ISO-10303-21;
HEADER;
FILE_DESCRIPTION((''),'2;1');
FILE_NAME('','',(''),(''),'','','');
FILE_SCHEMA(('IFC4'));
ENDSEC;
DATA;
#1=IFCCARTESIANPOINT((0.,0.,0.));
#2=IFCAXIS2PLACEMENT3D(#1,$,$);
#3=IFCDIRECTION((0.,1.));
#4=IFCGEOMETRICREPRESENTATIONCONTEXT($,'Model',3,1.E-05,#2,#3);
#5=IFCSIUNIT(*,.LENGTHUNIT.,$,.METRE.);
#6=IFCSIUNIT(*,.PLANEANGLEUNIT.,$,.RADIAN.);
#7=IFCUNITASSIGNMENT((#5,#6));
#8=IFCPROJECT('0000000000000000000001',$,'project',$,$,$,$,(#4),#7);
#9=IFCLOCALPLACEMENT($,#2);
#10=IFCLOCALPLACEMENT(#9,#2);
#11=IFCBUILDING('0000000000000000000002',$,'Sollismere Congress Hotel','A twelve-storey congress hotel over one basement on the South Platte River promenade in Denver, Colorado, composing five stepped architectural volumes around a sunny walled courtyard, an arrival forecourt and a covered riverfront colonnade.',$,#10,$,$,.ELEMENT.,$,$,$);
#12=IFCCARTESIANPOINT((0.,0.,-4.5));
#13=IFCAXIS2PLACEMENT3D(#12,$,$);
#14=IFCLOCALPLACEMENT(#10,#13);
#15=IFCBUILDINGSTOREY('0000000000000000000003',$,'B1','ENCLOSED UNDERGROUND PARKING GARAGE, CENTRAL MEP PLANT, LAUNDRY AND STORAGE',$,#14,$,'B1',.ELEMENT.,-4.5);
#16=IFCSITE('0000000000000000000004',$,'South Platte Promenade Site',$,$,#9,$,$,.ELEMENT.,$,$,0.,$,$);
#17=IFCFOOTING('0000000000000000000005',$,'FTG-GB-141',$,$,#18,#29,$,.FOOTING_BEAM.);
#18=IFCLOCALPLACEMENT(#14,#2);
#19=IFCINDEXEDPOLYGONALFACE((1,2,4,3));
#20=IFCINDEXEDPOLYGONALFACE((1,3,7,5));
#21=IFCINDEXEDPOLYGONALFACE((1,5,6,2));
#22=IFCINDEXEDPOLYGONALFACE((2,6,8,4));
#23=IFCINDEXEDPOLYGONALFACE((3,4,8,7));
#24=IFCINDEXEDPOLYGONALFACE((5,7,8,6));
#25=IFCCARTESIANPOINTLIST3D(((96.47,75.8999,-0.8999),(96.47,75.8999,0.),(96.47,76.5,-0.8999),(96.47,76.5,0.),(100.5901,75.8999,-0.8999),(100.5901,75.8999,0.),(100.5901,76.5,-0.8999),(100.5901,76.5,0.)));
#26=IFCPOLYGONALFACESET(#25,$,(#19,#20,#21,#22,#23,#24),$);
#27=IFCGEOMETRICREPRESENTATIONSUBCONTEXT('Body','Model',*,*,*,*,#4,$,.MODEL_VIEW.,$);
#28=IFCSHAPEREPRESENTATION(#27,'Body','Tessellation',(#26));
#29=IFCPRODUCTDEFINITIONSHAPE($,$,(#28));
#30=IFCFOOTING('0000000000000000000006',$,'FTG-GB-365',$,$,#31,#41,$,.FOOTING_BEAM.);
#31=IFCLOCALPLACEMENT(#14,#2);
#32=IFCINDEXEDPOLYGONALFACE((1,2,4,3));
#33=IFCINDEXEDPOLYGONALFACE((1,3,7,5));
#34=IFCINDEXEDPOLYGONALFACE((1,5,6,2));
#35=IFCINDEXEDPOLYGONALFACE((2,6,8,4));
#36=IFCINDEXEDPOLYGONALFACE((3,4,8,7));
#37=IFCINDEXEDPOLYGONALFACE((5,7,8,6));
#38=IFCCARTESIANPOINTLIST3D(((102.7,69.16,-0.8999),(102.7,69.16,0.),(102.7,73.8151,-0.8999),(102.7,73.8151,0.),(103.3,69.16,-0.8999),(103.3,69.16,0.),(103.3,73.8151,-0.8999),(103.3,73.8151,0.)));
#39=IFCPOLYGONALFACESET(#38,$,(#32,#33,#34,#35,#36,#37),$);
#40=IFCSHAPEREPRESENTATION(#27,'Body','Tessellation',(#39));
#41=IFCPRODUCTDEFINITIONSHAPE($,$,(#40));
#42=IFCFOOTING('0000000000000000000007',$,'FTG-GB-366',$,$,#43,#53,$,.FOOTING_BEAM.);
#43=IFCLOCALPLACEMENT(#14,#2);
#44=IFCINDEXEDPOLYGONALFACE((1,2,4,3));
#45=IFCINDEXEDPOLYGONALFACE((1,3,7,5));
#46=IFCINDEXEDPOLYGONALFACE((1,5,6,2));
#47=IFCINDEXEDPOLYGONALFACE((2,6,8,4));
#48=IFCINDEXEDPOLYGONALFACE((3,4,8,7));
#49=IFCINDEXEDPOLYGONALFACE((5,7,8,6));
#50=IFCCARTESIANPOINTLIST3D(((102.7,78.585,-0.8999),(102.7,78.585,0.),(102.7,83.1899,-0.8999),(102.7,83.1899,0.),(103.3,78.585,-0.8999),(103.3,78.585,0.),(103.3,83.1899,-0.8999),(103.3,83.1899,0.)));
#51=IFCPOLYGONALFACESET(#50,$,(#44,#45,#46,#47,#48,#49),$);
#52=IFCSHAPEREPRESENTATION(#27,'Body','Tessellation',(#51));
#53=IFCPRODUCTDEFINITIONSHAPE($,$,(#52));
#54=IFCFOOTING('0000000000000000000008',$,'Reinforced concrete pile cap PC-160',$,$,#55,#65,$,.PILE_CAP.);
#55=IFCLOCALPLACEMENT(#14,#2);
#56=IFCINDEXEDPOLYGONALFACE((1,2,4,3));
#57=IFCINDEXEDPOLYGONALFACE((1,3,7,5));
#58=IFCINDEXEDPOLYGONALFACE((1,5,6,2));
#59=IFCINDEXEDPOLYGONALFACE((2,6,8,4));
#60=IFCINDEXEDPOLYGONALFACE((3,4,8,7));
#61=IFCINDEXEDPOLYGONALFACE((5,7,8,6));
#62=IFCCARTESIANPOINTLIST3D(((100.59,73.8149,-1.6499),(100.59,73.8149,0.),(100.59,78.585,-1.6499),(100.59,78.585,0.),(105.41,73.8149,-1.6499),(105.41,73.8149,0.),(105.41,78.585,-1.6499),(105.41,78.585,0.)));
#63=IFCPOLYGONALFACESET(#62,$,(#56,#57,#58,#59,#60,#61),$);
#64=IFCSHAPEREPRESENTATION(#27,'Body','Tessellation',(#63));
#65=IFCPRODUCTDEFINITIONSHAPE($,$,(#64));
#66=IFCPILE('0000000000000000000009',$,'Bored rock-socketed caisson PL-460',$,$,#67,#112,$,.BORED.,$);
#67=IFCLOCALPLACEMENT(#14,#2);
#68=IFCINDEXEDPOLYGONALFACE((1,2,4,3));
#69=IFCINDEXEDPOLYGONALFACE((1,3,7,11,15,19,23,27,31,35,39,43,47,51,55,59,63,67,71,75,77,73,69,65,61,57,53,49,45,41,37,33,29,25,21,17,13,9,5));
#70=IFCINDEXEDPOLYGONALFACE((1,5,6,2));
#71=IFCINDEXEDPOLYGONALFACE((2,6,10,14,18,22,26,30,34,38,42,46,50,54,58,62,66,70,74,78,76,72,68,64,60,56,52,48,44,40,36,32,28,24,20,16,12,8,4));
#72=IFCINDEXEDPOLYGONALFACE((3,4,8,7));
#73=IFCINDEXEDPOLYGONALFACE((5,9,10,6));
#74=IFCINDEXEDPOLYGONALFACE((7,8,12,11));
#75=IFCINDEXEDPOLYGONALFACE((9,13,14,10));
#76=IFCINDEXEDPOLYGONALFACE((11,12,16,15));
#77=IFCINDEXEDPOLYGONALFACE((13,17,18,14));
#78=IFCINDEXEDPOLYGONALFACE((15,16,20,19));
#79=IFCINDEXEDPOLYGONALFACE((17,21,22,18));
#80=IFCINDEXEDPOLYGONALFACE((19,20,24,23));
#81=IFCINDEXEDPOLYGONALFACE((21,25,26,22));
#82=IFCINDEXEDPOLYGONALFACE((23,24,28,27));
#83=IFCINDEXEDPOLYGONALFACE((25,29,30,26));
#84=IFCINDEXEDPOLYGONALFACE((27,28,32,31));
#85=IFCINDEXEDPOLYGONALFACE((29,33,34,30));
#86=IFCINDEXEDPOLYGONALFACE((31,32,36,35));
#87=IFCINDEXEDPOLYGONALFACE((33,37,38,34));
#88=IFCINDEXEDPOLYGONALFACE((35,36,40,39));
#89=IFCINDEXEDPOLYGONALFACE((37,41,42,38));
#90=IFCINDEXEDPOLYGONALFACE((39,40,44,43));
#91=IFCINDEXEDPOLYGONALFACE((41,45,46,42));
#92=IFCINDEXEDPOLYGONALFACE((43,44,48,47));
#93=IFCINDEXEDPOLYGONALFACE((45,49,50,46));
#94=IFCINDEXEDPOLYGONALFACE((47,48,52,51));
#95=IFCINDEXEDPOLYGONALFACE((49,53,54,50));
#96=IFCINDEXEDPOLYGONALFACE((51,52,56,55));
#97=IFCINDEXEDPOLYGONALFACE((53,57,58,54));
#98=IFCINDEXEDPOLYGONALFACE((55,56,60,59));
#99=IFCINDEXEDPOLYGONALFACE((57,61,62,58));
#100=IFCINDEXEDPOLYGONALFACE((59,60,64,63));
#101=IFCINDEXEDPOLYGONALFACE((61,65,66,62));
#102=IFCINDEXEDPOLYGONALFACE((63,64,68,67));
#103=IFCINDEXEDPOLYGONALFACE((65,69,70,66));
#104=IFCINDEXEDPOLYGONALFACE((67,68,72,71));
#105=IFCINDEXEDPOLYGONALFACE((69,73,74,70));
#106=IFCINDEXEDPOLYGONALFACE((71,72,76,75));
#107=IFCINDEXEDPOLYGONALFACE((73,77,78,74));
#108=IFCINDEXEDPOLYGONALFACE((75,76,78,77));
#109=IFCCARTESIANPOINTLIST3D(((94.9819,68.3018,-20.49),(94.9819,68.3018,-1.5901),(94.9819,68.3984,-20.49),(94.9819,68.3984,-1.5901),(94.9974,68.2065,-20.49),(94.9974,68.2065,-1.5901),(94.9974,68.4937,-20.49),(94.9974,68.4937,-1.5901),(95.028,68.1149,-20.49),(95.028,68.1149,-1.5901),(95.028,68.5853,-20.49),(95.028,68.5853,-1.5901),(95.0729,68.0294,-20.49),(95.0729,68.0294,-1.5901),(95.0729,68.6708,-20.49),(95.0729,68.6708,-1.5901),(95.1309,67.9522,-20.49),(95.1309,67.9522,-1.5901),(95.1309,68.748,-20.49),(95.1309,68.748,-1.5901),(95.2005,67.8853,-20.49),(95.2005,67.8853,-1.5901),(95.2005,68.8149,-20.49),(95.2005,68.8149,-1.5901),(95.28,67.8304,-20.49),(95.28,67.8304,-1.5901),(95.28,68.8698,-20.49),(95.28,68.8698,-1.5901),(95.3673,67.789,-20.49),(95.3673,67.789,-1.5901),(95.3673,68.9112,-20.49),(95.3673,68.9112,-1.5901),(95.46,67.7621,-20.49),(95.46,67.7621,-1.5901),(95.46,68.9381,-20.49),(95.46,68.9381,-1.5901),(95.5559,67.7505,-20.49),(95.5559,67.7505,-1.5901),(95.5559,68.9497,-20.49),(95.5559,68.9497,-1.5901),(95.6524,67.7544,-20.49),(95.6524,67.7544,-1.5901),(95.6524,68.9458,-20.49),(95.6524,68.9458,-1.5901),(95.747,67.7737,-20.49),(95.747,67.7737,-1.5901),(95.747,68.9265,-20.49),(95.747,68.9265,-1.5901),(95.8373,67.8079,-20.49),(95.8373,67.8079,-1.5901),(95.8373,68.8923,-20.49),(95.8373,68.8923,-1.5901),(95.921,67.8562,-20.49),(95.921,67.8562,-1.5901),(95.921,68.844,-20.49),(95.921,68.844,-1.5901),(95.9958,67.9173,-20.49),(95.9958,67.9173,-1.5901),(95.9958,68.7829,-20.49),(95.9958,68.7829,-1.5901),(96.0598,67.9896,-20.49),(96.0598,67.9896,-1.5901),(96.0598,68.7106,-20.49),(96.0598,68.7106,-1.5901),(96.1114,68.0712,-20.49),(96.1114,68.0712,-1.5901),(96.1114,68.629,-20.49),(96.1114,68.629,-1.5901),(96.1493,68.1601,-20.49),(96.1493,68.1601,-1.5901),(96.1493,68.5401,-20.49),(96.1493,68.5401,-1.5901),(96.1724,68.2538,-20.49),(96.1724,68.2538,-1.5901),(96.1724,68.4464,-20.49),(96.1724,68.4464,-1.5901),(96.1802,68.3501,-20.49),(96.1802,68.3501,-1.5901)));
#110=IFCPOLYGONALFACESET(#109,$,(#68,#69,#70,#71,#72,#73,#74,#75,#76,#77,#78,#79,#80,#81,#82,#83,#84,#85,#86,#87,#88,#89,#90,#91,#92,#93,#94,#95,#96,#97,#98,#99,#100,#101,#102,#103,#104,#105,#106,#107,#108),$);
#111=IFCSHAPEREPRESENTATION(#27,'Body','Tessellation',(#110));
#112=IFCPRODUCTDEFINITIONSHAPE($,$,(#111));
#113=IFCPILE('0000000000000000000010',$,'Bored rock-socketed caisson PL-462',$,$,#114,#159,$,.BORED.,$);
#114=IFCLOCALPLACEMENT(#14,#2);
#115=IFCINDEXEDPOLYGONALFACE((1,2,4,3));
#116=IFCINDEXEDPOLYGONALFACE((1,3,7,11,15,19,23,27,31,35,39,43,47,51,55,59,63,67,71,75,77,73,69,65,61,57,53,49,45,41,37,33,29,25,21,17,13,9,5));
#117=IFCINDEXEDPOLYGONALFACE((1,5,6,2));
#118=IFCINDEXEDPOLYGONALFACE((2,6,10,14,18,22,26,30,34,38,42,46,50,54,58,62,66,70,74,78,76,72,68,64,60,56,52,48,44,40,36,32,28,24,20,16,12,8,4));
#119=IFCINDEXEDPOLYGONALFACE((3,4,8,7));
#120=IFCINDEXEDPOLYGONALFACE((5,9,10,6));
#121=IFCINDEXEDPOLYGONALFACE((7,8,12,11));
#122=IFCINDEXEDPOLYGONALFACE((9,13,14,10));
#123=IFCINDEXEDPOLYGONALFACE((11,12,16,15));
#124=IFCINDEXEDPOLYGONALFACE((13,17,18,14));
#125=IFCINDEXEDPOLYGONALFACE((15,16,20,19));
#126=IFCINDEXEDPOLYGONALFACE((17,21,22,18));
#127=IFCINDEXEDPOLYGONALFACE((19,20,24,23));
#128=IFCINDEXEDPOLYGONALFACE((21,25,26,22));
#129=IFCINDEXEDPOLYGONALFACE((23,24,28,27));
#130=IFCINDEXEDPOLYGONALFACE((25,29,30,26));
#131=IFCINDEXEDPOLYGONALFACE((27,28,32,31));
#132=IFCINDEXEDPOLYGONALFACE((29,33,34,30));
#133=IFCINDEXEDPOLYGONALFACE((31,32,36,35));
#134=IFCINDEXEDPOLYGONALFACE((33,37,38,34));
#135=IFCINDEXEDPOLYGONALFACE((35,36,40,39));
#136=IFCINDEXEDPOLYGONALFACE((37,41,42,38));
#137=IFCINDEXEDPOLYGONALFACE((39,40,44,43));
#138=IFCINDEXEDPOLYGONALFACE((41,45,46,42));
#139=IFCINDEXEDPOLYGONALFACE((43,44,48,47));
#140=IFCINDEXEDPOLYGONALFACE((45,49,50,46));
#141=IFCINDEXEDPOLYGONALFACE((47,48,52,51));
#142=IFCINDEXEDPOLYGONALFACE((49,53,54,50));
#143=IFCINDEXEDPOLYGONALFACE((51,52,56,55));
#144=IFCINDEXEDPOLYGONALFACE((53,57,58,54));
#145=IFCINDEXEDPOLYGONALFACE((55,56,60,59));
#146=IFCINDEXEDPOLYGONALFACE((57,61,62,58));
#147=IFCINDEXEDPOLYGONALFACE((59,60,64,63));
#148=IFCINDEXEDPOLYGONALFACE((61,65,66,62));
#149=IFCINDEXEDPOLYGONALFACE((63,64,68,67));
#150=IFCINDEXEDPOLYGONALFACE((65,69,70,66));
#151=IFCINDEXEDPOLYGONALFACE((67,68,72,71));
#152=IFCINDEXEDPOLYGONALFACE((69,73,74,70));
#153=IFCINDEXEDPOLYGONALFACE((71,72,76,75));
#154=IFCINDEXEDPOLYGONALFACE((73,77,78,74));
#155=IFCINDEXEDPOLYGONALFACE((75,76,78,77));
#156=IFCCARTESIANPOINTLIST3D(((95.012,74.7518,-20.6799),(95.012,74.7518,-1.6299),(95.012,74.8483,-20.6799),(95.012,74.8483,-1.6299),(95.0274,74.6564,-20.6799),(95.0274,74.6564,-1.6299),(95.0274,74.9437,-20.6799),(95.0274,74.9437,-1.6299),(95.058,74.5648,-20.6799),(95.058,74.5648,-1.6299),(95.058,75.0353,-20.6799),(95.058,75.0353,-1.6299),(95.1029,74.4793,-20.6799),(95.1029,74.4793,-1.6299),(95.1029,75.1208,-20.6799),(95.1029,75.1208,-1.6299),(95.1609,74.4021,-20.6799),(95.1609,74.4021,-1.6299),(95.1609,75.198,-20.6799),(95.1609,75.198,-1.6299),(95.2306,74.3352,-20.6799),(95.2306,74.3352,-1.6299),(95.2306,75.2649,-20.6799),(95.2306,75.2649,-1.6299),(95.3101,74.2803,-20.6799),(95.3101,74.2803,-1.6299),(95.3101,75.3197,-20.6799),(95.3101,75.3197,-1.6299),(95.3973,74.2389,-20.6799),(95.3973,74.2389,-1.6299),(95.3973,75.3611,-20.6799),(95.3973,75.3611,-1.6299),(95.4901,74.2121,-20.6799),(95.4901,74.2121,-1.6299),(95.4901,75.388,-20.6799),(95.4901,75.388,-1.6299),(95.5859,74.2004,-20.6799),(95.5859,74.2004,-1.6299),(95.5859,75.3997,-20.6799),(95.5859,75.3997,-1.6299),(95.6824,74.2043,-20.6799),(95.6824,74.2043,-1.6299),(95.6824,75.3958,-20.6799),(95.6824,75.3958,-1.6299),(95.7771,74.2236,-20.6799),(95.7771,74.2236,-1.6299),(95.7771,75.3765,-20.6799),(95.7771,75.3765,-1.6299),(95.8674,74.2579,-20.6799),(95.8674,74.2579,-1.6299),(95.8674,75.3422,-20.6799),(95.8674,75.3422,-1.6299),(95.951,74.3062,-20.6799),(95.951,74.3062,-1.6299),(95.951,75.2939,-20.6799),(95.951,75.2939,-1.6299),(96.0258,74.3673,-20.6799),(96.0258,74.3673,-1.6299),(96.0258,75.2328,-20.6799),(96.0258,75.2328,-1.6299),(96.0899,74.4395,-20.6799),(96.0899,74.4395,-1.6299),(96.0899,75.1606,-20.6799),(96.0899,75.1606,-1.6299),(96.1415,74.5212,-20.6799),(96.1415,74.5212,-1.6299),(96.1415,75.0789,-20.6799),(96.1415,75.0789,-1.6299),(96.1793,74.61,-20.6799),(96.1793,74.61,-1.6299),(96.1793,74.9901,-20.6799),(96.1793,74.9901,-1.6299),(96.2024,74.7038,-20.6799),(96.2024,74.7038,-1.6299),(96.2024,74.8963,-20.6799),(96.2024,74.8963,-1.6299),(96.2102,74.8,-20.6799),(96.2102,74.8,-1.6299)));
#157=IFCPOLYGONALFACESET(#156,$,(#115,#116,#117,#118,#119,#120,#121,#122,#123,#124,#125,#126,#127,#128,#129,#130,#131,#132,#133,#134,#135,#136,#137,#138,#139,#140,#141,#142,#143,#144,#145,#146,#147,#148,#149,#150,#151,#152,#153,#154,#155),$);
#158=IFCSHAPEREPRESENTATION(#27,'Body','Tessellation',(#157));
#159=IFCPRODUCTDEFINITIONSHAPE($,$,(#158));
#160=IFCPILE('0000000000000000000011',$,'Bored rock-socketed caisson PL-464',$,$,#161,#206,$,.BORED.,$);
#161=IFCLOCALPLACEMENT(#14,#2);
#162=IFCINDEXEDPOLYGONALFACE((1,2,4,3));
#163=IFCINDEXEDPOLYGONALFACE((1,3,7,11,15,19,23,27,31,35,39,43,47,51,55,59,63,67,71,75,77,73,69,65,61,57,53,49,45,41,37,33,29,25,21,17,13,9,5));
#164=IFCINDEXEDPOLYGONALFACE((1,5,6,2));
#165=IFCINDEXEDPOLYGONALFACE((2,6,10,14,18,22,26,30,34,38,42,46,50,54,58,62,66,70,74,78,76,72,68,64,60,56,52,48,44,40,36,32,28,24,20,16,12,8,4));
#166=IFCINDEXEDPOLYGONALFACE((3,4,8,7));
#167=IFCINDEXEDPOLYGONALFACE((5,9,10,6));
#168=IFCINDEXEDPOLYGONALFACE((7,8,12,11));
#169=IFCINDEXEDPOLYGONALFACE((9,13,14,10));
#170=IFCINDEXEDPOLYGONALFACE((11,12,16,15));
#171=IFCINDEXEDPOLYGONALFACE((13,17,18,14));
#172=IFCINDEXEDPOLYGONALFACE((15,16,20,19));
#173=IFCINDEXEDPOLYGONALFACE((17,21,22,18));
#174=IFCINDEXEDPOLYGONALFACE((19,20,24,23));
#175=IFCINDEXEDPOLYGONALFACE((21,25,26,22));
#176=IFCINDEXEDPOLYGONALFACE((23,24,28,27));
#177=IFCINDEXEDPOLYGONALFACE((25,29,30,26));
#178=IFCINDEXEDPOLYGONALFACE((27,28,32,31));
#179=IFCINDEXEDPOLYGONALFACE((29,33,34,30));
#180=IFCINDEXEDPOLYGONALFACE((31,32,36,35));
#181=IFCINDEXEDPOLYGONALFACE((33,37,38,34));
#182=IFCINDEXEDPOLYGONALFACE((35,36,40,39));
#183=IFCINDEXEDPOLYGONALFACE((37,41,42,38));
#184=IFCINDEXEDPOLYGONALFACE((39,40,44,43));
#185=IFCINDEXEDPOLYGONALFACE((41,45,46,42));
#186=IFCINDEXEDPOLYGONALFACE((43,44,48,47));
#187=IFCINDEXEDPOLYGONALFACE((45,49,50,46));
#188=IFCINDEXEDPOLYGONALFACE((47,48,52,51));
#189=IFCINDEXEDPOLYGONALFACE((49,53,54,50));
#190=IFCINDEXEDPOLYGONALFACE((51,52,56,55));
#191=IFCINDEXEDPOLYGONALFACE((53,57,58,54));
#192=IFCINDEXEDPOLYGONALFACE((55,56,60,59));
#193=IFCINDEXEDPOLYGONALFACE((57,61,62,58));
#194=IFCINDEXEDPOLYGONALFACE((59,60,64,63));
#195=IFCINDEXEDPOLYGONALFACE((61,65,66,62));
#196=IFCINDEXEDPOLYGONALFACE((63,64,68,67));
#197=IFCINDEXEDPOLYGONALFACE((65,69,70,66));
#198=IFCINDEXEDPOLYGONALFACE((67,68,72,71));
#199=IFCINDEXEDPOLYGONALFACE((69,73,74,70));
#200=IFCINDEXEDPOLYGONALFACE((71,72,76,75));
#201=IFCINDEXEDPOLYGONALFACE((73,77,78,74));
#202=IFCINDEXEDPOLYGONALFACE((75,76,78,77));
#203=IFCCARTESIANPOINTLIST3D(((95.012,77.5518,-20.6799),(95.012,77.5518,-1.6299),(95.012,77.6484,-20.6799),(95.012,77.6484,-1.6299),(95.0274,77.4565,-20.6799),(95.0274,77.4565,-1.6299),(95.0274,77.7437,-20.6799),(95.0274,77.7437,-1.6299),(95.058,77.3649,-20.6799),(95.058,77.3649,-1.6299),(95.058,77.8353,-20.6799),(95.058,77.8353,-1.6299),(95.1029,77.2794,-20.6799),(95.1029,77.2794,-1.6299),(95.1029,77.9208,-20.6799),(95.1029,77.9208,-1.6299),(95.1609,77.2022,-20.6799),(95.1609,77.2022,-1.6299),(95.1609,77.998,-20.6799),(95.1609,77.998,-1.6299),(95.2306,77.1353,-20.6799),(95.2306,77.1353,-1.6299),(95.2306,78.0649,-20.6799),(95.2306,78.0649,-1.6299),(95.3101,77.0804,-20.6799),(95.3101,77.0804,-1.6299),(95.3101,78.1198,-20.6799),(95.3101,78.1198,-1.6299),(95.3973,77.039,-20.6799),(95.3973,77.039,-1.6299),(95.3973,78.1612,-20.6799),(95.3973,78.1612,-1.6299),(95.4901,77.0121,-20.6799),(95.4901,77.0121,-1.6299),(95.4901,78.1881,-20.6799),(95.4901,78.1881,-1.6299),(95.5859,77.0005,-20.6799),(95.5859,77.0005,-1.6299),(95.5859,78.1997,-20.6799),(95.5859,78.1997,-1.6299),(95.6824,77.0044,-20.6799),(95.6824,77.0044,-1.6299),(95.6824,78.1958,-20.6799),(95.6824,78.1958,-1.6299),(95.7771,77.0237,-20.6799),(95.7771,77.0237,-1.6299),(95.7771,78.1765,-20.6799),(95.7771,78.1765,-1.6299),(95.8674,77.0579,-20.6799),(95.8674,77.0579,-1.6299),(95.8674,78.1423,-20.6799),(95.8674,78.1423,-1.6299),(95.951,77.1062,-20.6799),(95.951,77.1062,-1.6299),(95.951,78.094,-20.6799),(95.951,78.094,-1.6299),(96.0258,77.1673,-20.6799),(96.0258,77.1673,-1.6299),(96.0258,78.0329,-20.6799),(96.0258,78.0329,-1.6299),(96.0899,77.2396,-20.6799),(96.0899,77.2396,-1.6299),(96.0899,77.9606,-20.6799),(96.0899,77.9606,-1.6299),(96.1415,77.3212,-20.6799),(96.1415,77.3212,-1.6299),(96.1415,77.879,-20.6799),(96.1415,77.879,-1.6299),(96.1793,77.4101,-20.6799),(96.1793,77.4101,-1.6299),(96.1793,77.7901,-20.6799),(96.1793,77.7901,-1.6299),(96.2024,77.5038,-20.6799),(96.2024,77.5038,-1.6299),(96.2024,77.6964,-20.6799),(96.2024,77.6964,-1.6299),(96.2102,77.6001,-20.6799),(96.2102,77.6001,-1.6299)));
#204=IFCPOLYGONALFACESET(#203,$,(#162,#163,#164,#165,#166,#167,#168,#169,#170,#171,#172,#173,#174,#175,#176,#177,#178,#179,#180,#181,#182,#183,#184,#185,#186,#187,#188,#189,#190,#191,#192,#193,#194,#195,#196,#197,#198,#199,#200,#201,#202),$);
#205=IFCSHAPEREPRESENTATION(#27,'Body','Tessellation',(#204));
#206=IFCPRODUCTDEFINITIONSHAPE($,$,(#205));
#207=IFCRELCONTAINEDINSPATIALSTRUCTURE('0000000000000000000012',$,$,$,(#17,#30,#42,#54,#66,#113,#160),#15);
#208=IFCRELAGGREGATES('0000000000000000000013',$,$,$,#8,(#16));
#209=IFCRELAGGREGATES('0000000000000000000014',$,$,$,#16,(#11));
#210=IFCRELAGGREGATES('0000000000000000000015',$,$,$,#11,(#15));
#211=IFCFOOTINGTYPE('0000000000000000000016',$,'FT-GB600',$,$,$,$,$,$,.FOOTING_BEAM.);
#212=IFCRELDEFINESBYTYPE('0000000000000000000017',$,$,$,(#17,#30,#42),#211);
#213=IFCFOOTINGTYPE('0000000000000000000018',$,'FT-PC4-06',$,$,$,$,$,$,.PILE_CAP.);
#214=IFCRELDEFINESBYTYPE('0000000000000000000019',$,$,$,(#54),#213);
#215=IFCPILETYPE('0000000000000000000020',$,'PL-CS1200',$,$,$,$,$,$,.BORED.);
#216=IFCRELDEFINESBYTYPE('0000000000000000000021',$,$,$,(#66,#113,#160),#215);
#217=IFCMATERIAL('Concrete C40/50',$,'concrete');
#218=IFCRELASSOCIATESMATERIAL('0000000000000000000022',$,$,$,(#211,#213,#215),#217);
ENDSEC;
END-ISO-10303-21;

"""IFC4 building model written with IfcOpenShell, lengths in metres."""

from ifc_helpers import new_model, si_unit, direction, frame, origin, origin_2d, place, context, subcontext, project, spatial, rectangle, circle, extrude, material, material_profile, profile_set, type_object, element, save


model = new_model("IFC4")

# Units and contexts
model_context = context("Model", 3, precision=1e-05, world=origin(), true_north=direction((0.0, 1.0)))
body_context = subcontext(model_context, "Body", "Model", "MODEL_VIEW")
ifc_project = project(units=[si_unit("LENGTHUNIT", "METRE"), si_unit("PLANEANGLEUNIT", "RADIAN")], contexts=[model_context])

# Site, building, storey
site_placement = place(None, origin())
site = spatial("IfcSite", under=ifc_project, at=site_placement, Name="South Platte Promenade Site", CompositionType="ELEMENT", RefElevation=0.0)
building_placement = place(site_placement, origin())
building = spatial("IfcBuilding", under=site, at=building_placement, Name="Sollismere Congress Hotel", Description="A twelve-storey congress hotel over one basement on the South Platte River promenade in Denver, Colorado, composing five stepped architectural volumes around a sunny walled courtyard, an arrival forecourt and a covered riverfront colonnade.", CompositionType="ELEMENT")
storey_placement = place(building_placement, frame((0.0, 0.0, -4.5)))
storey = spatial("IfcBuildingStorey", under=building, at=storey_placement, Name="B1", Description="ENCLOSED UNDERGROUND PARKING GARAGE, CENTRAL MEP PLANT, LAUNDRY AND STORAGE", LongName="B1", CompositionType="ELEMENT", Elevation=-4.5)

# Footings
ifc_material_1 = material(Name="Concrete C40/50", Category="concrete")
footing_type_1 = type_object("IfcFootingType", Name="FT-GB600", PredefinedType="FOOTING_BEAM", material=ifc_material_1)
footing_1_placement = place(storey_placement, frame((98.53, 76.2, -0.8999), z_axis=(0.0, 0.0, 1.0), x_axis=(1.0, 0.0, 0.0)))
element("IfcFooting", 1, at=footing_1_placement, inside=storey, type_object=footing_type_1, Name="FTG-GB-141", PredefinedType="FOOTING_BEAM", context=body_context, shape_type="SweptSolid", body=[
    extrude(rectangle(XDim=4.1201, YDim=0.6001, at=origin_2d()), origin(), (0.0, 0.0, 1.0), 0.8999),
])
footing_2_placement = place(storey_placement, frame((103.0, 71.4875, -0.8999), z_axis=(0.0, 0.0, 1.0), x_axis=(0.0, 1.0, 0.0)))
element("IfcFooting", 2, at=footing_2_placement, inside=storey, type_object=footing_type_1, Name="FTG-GB-365", PredefinedType="FOOTING_BEAM", context=body_context, shape_type="SweptSolid", body=[
    extrude(rectangle(XDim=4.655, YDim=0.6001, at=origin_2d()), origin(), (0.0, 0.0, 1.0), 0.8999),
])
footing_3_placement = place(storey_placement, frame((103.0, 80.8875, -0.8999), z_axis=(0.0, 0.0, 1.0), x_axis=(0.0, 1.0, 0.0)))
element("IfcFooting", 3, at=footing_3_placement, inside=storey, type_object=footing_type_1, Name="FTG-GB-366", PredefinedType="FOOTING_BEAM", context=body_context, shape_type="SweptSolid", body=[
    extrude(rectangle(XDim=4.605, YDim=0.6001, at=origin_2d()), origin(), (0.0, 0.0, 1.0), 0.8999),
])
footing_type_2 = type_object("IfcFootingType", Name="FT-PC4-06", PredefinedType="PILE_CAP", material=ifc_material_1)
footing_4_placement = place(storey_placement, frame((103.0, 76.2, -1.6499), z_axis=(0.0, 0.0, 1.0), x_axis=(1.0, 0.0, 0.0)))
element("IfcFooting", 4, at=footing_4_placement, inside=storey, type_object=footing_type_2, Name="Reinforced concrete pile cap PC-160", PredefinedType="PILE_CAP", context=body_context, shape_type="SweptSolid", body=[
    extrude(rectangle(XDim=4.8201, YDim=4.77, at=origin_2d()), origin(), (0.0, 0.0, 1.0), 1.6499),
])

# Piles
ifc_material_profile_1 = material_profile(ifc_material_1, circle(Radius=0.6001, at=origin_2d()), Name="CAISSON1200")
ifc_profile_set_1 = profile_set([ifc_material_profile_1], Name="Concrete C40/50")
pile_type = type_object("IfcPileType", Name="PL-CS1200", PredefinedType="BORED", material=ifc_profile_set_1)
pile_1_placement = place(storey_placement, frame((95.5801, 68.3501, -1.5901), z_axis=(0.0, 0.0, -1.0), x_axis=(1.0, 0.0, 0.0)))
element("IfcPile", 5, at=pile_1_placement, inside=storey, type_object=pile_type, Name="Bored rock-socketed caisson PL-460", PredefinedType="BORED", context=body_context, shape_type="SweptSolid", body=[
    extrude(circle(Radius=0.6001, at=origin_2d()), origin(), (0.0, 0.0, 1.0), 18.8999),
])
for number, where, z_axis, x_axis, name in (
    (6, (95.6101, 74.8, -1.6299), (0.0, 0.0, -1.0), (1.0, 0.0, 0.0), "Bored rock-socketed caisson PL-462"),
    (7, (95.6101, 77.6001, -1.6299), (0.0, 0.0, -1.0), (1.0, 0.0, 0.0), "Bored rock-socketed caisson PL-464"),
):
    element("IfcPile", number, at=place(storey_placement, frame(where, z_axis=z_axis, x_axis=x_axis)), inside=storey, type_object=pile_type, Name=name, PredefinedType="BORED", context=body_context, shape_type="SweptSolid", body=[
        extrude(circle(Radius=0.6001, at=origin_2d()), origin(), (0.0, 0.0, 1.0), 19.05),
    ])

save(model, "model.ifc")
